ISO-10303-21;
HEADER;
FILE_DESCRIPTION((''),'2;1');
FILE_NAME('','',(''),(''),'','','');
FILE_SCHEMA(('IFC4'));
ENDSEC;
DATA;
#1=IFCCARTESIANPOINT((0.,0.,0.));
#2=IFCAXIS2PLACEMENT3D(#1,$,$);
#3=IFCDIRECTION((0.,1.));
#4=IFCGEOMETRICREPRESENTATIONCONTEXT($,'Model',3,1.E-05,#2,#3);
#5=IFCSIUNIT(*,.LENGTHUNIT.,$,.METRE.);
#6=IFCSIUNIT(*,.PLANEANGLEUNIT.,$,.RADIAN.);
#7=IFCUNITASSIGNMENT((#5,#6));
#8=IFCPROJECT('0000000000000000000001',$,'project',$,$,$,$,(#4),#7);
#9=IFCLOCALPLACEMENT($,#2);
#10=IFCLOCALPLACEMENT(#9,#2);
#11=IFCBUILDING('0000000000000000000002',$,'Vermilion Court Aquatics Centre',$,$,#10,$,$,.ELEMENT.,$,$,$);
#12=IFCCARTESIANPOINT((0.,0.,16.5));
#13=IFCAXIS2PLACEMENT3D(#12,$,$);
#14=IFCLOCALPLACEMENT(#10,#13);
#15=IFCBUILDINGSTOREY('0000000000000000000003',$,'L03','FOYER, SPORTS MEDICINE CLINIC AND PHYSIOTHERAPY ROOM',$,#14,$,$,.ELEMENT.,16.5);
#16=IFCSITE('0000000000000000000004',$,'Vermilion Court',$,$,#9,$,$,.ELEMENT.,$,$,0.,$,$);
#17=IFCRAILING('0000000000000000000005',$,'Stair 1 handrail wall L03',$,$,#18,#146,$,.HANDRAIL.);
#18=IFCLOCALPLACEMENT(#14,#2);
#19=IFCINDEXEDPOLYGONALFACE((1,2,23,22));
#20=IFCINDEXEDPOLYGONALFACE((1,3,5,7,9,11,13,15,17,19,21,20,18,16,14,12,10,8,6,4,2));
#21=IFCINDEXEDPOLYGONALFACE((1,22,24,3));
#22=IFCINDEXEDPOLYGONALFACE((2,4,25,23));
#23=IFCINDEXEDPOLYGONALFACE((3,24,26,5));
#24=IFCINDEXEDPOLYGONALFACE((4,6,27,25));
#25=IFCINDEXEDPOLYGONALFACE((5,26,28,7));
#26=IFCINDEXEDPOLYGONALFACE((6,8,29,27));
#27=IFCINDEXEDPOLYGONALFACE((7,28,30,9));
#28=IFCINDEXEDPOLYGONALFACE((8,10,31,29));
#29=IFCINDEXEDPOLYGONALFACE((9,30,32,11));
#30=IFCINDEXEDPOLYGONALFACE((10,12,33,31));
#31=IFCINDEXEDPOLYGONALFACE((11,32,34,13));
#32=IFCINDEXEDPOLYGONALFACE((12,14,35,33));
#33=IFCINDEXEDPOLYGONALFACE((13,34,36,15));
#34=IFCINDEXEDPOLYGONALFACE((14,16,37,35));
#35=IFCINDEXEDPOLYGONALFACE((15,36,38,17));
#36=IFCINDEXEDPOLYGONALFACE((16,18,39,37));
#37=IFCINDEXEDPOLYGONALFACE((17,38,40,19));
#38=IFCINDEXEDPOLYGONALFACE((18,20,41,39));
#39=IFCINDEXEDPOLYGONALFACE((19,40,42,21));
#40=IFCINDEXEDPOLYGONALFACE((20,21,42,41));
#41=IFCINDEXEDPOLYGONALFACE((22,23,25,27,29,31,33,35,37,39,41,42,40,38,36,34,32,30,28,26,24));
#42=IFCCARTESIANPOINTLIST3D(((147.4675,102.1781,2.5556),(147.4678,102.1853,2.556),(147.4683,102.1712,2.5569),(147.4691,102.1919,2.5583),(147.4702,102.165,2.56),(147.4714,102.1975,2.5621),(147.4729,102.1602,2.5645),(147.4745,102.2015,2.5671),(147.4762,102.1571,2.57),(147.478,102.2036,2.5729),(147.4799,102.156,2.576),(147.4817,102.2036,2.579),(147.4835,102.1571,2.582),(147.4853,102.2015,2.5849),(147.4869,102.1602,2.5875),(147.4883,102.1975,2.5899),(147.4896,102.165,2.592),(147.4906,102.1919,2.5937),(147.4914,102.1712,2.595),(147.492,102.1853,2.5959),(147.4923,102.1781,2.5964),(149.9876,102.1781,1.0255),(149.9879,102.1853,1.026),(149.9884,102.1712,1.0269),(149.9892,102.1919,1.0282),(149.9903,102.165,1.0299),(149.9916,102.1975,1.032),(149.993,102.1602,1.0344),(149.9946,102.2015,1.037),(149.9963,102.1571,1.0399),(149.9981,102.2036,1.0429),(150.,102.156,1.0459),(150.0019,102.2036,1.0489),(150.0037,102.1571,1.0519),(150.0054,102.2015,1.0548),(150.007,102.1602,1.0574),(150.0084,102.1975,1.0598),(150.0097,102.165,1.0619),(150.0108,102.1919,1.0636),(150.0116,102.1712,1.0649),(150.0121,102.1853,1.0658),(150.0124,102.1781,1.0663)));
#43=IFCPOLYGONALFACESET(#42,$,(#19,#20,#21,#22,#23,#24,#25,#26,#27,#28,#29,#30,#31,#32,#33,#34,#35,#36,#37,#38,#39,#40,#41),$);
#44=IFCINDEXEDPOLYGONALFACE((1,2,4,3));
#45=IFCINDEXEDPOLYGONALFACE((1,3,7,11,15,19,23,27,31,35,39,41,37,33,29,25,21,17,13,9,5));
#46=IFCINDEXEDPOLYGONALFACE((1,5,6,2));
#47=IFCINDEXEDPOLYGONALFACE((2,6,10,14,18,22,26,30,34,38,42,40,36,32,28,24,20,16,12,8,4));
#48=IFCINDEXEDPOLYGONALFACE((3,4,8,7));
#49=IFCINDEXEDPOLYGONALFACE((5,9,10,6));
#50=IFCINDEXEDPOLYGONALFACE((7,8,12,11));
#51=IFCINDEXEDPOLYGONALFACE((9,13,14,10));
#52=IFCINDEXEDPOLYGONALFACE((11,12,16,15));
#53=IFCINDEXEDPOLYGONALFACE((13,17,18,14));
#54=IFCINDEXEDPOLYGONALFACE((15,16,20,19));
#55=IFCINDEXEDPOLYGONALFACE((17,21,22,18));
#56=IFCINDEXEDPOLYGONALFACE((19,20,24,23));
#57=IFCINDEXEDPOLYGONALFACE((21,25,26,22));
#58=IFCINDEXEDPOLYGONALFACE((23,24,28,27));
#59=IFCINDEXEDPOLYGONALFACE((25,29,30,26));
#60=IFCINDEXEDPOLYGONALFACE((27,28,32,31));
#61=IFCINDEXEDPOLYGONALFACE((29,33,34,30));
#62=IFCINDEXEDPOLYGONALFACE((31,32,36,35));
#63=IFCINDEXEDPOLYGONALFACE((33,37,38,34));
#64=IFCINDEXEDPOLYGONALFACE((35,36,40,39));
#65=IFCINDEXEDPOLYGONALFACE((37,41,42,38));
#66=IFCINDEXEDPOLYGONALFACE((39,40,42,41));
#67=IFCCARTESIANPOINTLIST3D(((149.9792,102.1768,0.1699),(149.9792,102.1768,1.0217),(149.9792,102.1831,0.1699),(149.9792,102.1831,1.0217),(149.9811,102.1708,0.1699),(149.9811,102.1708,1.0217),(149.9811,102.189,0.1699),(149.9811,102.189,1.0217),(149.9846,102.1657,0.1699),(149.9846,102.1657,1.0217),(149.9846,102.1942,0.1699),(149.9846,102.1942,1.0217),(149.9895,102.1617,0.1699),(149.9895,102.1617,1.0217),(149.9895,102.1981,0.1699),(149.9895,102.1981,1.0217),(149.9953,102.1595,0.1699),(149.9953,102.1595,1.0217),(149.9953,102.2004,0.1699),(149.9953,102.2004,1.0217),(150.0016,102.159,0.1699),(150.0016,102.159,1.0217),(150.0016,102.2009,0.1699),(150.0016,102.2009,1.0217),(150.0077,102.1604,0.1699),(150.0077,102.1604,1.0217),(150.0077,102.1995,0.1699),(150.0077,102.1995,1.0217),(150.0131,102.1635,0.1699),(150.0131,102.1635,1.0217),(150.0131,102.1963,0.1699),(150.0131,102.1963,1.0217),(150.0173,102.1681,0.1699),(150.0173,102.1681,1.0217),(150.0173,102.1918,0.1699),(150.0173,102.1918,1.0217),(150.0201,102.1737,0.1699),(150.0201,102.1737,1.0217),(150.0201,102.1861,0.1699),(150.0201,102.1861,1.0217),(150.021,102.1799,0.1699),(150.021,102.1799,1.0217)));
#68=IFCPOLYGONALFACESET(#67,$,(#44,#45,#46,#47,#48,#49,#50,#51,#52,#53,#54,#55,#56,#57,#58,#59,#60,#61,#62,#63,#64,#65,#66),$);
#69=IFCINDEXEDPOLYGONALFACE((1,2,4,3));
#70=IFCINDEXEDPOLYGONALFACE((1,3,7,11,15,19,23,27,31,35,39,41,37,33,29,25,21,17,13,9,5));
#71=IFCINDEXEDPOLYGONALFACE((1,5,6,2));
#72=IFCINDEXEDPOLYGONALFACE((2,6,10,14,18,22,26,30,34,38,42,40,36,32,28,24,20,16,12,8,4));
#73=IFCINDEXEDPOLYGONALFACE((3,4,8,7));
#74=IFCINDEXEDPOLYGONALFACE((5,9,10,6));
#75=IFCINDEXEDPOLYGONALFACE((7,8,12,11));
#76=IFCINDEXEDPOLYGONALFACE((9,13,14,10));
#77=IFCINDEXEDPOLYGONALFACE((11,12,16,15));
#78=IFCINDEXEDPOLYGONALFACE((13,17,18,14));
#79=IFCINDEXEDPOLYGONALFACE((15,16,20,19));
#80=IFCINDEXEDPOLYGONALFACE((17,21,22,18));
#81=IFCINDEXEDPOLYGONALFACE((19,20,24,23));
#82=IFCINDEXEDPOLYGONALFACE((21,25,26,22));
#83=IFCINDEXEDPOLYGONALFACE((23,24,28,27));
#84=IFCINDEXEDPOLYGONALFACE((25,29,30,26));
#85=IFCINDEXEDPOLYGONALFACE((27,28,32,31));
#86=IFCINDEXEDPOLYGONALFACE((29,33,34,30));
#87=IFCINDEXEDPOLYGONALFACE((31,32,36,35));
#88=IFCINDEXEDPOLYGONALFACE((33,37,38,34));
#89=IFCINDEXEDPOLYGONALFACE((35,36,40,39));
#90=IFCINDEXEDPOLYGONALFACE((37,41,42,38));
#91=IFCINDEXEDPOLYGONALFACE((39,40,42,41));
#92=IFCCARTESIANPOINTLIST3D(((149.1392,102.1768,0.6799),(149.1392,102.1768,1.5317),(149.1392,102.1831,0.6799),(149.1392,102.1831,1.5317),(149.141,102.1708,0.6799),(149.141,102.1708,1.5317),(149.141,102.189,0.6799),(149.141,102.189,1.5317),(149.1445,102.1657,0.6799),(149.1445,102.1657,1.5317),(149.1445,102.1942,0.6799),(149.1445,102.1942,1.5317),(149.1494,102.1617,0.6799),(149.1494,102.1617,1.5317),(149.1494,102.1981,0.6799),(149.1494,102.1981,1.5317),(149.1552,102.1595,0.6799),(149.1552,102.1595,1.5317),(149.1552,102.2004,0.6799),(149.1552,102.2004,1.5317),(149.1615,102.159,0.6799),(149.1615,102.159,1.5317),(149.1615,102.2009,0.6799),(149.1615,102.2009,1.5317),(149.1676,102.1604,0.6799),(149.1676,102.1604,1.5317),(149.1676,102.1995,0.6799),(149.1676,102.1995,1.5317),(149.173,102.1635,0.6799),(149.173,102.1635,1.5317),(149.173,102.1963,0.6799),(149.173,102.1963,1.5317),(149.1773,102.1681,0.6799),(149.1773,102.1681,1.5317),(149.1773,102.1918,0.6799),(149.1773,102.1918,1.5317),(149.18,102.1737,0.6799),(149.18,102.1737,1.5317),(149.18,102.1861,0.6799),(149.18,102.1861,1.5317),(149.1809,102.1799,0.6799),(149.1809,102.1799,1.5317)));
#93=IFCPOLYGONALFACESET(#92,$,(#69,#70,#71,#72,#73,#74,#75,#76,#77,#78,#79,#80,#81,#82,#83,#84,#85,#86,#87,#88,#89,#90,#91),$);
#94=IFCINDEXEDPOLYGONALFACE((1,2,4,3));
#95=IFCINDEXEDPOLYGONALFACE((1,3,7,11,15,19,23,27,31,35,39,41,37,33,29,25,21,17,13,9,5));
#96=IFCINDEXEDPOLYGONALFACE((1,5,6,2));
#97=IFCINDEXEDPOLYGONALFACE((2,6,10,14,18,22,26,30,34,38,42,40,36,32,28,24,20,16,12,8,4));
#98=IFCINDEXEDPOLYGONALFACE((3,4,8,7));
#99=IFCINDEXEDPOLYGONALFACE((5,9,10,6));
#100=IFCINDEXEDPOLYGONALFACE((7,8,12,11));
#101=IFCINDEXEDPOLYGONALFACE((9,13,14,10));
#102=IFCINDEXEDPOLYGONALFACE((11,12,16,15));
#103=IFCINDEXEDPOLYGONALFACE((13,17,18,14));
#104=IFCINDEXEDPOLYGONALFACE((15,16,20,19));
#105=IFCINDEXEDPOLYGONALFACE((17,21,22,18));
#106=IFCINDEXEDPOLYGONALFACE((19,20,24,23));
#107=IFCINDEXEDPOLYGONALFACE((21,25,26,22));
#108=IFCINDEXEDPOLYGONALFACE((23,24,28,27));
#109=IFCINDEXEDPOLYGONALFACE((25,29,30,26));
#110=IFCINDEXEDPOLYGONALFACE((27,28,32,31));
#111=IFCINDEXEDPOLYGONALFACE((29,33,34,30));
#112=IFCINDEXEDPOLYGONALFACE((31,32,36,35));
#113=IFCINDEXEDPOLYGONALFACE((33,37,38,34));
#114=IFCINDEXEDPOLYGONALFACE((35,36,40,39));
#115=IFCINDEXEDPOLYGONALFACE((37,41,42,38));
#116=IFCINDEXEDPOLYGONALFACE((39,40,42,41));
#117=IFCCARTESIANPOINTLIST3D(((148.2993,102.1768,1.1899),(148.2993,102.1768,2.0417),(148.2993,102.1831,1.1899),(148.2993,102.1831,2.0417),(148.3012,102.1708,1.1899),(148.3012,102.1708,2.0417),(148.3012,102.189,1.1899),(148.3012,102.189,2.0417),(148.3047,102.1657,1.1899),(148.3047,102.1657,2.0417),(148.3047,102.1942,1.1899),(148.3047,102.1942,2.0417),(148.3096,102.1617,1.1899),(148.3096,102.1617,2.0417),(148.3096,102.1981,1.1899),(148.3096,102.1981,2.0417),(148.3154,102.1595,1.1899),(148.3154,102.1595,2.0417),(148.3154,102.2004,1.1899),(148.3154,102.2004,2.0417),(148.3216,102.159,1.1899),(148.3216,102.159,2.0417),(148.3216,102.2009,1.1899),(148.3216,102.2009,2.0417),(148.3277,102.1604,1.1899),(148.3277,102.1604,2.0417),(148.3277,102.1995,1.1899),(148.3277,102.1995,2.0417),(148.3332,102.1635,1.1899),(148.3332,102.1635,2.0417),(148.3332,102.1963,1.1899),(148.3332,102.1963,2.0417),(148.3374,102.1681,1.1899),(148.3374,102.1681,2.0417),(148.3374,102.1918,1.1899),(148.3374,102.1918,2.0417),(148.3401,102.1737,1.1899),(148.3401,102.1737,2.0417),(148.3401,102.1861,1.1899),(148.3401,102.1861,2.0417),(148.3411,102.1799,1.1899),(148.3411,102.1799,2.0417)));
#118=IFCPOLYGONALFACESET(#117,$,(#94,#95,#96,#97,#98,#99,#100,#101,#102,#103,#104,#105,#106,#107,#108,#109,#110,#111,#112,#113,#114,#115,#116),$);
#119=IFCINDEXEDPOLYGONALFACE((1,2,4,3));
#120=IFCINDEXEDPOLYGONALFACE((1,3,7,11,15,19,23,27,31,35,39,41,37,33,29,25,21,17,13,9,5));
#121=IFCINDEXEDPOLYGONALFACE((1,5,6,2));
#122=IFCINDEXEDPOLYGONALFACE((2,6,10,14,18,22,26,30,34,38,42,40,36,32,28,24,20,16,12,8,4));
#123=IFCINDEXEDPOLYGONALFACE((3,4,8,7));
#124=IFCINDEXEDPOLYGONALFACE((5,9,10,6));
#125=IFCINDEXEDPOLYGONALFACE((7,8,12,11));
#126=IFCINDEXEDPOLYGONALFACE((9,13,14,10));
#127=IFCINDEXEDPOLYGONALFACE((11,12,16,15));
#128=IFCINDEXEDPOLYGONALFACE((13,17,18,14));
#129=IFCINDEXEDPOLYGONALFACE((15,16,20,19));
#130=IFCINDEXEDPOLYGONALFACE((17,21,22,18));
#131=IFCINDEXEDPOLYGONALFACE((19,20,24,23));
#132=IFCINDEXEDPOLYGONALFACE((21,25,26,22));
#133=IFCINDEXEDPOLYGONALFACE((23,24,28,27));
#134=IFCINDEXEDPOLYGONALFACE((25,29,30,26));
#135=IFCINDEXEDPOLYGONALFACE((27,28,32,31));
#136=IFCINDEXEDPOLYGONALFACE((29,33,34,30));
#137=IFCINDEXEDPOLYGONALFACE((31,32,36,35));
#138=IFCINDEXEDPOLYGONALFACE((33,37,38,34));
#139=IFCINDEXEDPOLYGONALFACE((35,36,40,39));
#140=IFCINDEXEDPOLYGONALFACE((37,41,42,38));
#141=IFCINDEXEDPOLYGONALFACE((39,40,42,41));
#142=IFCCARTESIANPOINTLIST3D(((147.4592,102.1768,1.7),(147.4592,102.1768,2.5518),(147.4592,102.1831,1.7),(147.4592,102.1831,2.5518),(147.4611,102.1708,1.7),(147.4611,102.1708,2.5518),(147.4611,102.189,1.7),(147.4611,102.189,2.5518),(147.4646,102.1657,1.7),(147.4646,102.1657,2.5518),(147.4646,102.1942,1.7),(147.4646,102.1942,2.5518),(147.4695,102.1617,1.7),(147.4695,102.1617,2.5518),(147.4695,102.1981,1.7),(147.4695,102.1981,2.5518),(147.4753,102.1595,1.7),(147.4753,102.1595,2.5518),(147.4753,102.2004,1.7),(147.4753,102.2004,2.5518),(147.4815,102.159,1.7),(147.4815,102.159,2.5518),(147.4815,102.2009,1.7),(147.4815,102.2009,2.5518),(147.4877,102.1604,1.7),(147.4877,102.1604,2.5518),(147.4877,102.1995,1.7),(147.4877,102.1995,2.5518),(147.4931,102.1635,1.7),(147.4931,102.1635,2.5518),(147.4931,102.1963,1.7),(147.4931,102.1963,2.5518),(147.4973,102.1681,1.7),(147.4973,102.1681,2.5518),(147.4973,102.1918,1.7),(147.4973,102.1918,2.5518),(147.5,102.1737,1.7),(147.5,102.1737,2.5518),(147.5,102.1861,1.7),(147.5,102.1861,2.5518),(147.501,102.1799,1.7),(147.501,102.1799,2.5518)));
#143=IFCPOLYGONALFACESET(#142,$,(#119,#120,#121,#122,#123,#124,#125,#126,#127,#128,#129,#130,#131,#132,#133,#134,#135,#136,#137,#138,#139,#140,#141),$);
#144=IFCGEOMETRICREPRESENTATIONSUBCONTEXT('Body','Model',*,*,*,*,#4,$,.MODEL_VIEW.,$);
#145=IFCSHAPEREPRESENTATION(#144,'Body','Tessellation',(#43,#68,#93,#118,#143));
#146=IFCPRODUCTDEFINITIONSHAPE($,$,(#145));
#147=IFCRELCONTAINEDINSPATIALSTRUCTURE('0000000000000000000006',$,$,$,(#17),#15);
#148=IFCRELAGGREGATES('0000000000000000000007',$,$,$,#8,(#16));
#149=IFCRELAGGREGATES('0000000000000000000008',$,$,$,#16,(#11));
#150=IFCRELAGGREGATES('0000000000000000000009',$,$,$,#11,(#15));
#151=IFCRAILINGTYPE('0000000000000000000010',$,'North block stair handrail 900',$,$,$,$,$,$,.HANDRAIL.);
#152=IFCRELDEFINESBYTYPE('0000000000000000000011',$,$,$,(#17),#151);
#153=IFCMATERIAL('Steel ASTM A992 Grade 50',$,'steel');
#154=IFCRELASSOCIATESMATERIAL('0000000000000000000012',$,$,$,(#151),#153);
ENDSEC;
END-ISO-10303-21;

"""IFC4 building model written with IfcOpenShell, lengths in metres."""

from ifc_helpers import new_model, si_unit, direction, frame, origin, origin_2d, place, context, subcontext, project, spatial, circle, extrude, material, type_object, element, save


model = new_model("IFC4")

# Units and contexts
model_context = context("Model", 3, precision=1e-05, world=origin(), true_north=direction((0.0, 1.0)))
body_context = subcontext(model_context, "Body", "Model", "MODEL_VIEW")
ifc_project = project(units=[si_unit("LENGTHUNIT", "METRE"), si_unit("PLANEANGLEUNIT", "RADIAN")], contexts=[model_context])

# Site, building, storey
site_placement = place(None, origin())
site = spatial("IfcSite", under=ifc_project, at=site_placement, Name="Vermilion Court", CompositionType="ELEMENT", RefElevation=0.0)
building_placement = place(site_placement, origin())
building = spatial("IfcBuilding", under=site, at=building_placement, Name="Vermilion Court Aquatics Centre", CompositionType="ELEMENT")
storey_placement = place(building_placement, frame((0.0, 0.0, 16.5)))
storey = spatial("IfcBuildingStorey", under=building, at=storey_placement, Name="L03", Description="FOYER, SPORTS MEDICINE CLINIC AND PHYSIOTHERAPY ROOM", CompositionType="ELEMENT", Elevation=16.5)

# Railing
ifc_material_1 = material(Name="Steel ASTM A992 Grade 50", Category="steel")
railing_type_1 = type_object("IfcRailingType", Name="North block stair handrail 900", PredefinedType="HANDRAIL", material=ifc_material_1)
for number, where, name in (
    (1, (150.0, 102.1799, 0.1699), "Stair 1 handrail wall L03"),
):
    element("IfcRailing", number, at=place(storey_placement, frame(where)), inside=storey, type_object=railing_type_1, Name=name, PredefinedType="HANDRAIL", context=body_context, shape_type="SweptSolid", body=[
        extrude(circle(Radius=0.0239, at=origin_2d()), frame((0.0, 0.0, 0.876), z_axis=(-0.854785, 0.0, 0.518982), x_axis=(0.0, -1.0, 0.0)), (0.0, 0.0, 1.0), 2.9482),
        extrude(circle(Radius=0.021, at=origin_2d()), origin(), (0.0, 0.0, 1.0), 0.8518),
        extrude(circle(Radius=0.021, at=origin_2d()), frame((-0.8401, 0.0, 0.51)), (0.0, 0.0, 1.0), 0.8518),
        extrude(circle(Radius=0.021, at=origin_2d()), frame((-1.6799, 0.0, 1.02)), (0.0, 0.0, 1.0), 0.8518),
        extrude(circle(Radius=0.021, at=origin_2d()), frame((-2.52, 0.0, 1.53)), (0.0, 0.0, 1.0), 0.8518),
    ])

save(model, "model.ifc")
